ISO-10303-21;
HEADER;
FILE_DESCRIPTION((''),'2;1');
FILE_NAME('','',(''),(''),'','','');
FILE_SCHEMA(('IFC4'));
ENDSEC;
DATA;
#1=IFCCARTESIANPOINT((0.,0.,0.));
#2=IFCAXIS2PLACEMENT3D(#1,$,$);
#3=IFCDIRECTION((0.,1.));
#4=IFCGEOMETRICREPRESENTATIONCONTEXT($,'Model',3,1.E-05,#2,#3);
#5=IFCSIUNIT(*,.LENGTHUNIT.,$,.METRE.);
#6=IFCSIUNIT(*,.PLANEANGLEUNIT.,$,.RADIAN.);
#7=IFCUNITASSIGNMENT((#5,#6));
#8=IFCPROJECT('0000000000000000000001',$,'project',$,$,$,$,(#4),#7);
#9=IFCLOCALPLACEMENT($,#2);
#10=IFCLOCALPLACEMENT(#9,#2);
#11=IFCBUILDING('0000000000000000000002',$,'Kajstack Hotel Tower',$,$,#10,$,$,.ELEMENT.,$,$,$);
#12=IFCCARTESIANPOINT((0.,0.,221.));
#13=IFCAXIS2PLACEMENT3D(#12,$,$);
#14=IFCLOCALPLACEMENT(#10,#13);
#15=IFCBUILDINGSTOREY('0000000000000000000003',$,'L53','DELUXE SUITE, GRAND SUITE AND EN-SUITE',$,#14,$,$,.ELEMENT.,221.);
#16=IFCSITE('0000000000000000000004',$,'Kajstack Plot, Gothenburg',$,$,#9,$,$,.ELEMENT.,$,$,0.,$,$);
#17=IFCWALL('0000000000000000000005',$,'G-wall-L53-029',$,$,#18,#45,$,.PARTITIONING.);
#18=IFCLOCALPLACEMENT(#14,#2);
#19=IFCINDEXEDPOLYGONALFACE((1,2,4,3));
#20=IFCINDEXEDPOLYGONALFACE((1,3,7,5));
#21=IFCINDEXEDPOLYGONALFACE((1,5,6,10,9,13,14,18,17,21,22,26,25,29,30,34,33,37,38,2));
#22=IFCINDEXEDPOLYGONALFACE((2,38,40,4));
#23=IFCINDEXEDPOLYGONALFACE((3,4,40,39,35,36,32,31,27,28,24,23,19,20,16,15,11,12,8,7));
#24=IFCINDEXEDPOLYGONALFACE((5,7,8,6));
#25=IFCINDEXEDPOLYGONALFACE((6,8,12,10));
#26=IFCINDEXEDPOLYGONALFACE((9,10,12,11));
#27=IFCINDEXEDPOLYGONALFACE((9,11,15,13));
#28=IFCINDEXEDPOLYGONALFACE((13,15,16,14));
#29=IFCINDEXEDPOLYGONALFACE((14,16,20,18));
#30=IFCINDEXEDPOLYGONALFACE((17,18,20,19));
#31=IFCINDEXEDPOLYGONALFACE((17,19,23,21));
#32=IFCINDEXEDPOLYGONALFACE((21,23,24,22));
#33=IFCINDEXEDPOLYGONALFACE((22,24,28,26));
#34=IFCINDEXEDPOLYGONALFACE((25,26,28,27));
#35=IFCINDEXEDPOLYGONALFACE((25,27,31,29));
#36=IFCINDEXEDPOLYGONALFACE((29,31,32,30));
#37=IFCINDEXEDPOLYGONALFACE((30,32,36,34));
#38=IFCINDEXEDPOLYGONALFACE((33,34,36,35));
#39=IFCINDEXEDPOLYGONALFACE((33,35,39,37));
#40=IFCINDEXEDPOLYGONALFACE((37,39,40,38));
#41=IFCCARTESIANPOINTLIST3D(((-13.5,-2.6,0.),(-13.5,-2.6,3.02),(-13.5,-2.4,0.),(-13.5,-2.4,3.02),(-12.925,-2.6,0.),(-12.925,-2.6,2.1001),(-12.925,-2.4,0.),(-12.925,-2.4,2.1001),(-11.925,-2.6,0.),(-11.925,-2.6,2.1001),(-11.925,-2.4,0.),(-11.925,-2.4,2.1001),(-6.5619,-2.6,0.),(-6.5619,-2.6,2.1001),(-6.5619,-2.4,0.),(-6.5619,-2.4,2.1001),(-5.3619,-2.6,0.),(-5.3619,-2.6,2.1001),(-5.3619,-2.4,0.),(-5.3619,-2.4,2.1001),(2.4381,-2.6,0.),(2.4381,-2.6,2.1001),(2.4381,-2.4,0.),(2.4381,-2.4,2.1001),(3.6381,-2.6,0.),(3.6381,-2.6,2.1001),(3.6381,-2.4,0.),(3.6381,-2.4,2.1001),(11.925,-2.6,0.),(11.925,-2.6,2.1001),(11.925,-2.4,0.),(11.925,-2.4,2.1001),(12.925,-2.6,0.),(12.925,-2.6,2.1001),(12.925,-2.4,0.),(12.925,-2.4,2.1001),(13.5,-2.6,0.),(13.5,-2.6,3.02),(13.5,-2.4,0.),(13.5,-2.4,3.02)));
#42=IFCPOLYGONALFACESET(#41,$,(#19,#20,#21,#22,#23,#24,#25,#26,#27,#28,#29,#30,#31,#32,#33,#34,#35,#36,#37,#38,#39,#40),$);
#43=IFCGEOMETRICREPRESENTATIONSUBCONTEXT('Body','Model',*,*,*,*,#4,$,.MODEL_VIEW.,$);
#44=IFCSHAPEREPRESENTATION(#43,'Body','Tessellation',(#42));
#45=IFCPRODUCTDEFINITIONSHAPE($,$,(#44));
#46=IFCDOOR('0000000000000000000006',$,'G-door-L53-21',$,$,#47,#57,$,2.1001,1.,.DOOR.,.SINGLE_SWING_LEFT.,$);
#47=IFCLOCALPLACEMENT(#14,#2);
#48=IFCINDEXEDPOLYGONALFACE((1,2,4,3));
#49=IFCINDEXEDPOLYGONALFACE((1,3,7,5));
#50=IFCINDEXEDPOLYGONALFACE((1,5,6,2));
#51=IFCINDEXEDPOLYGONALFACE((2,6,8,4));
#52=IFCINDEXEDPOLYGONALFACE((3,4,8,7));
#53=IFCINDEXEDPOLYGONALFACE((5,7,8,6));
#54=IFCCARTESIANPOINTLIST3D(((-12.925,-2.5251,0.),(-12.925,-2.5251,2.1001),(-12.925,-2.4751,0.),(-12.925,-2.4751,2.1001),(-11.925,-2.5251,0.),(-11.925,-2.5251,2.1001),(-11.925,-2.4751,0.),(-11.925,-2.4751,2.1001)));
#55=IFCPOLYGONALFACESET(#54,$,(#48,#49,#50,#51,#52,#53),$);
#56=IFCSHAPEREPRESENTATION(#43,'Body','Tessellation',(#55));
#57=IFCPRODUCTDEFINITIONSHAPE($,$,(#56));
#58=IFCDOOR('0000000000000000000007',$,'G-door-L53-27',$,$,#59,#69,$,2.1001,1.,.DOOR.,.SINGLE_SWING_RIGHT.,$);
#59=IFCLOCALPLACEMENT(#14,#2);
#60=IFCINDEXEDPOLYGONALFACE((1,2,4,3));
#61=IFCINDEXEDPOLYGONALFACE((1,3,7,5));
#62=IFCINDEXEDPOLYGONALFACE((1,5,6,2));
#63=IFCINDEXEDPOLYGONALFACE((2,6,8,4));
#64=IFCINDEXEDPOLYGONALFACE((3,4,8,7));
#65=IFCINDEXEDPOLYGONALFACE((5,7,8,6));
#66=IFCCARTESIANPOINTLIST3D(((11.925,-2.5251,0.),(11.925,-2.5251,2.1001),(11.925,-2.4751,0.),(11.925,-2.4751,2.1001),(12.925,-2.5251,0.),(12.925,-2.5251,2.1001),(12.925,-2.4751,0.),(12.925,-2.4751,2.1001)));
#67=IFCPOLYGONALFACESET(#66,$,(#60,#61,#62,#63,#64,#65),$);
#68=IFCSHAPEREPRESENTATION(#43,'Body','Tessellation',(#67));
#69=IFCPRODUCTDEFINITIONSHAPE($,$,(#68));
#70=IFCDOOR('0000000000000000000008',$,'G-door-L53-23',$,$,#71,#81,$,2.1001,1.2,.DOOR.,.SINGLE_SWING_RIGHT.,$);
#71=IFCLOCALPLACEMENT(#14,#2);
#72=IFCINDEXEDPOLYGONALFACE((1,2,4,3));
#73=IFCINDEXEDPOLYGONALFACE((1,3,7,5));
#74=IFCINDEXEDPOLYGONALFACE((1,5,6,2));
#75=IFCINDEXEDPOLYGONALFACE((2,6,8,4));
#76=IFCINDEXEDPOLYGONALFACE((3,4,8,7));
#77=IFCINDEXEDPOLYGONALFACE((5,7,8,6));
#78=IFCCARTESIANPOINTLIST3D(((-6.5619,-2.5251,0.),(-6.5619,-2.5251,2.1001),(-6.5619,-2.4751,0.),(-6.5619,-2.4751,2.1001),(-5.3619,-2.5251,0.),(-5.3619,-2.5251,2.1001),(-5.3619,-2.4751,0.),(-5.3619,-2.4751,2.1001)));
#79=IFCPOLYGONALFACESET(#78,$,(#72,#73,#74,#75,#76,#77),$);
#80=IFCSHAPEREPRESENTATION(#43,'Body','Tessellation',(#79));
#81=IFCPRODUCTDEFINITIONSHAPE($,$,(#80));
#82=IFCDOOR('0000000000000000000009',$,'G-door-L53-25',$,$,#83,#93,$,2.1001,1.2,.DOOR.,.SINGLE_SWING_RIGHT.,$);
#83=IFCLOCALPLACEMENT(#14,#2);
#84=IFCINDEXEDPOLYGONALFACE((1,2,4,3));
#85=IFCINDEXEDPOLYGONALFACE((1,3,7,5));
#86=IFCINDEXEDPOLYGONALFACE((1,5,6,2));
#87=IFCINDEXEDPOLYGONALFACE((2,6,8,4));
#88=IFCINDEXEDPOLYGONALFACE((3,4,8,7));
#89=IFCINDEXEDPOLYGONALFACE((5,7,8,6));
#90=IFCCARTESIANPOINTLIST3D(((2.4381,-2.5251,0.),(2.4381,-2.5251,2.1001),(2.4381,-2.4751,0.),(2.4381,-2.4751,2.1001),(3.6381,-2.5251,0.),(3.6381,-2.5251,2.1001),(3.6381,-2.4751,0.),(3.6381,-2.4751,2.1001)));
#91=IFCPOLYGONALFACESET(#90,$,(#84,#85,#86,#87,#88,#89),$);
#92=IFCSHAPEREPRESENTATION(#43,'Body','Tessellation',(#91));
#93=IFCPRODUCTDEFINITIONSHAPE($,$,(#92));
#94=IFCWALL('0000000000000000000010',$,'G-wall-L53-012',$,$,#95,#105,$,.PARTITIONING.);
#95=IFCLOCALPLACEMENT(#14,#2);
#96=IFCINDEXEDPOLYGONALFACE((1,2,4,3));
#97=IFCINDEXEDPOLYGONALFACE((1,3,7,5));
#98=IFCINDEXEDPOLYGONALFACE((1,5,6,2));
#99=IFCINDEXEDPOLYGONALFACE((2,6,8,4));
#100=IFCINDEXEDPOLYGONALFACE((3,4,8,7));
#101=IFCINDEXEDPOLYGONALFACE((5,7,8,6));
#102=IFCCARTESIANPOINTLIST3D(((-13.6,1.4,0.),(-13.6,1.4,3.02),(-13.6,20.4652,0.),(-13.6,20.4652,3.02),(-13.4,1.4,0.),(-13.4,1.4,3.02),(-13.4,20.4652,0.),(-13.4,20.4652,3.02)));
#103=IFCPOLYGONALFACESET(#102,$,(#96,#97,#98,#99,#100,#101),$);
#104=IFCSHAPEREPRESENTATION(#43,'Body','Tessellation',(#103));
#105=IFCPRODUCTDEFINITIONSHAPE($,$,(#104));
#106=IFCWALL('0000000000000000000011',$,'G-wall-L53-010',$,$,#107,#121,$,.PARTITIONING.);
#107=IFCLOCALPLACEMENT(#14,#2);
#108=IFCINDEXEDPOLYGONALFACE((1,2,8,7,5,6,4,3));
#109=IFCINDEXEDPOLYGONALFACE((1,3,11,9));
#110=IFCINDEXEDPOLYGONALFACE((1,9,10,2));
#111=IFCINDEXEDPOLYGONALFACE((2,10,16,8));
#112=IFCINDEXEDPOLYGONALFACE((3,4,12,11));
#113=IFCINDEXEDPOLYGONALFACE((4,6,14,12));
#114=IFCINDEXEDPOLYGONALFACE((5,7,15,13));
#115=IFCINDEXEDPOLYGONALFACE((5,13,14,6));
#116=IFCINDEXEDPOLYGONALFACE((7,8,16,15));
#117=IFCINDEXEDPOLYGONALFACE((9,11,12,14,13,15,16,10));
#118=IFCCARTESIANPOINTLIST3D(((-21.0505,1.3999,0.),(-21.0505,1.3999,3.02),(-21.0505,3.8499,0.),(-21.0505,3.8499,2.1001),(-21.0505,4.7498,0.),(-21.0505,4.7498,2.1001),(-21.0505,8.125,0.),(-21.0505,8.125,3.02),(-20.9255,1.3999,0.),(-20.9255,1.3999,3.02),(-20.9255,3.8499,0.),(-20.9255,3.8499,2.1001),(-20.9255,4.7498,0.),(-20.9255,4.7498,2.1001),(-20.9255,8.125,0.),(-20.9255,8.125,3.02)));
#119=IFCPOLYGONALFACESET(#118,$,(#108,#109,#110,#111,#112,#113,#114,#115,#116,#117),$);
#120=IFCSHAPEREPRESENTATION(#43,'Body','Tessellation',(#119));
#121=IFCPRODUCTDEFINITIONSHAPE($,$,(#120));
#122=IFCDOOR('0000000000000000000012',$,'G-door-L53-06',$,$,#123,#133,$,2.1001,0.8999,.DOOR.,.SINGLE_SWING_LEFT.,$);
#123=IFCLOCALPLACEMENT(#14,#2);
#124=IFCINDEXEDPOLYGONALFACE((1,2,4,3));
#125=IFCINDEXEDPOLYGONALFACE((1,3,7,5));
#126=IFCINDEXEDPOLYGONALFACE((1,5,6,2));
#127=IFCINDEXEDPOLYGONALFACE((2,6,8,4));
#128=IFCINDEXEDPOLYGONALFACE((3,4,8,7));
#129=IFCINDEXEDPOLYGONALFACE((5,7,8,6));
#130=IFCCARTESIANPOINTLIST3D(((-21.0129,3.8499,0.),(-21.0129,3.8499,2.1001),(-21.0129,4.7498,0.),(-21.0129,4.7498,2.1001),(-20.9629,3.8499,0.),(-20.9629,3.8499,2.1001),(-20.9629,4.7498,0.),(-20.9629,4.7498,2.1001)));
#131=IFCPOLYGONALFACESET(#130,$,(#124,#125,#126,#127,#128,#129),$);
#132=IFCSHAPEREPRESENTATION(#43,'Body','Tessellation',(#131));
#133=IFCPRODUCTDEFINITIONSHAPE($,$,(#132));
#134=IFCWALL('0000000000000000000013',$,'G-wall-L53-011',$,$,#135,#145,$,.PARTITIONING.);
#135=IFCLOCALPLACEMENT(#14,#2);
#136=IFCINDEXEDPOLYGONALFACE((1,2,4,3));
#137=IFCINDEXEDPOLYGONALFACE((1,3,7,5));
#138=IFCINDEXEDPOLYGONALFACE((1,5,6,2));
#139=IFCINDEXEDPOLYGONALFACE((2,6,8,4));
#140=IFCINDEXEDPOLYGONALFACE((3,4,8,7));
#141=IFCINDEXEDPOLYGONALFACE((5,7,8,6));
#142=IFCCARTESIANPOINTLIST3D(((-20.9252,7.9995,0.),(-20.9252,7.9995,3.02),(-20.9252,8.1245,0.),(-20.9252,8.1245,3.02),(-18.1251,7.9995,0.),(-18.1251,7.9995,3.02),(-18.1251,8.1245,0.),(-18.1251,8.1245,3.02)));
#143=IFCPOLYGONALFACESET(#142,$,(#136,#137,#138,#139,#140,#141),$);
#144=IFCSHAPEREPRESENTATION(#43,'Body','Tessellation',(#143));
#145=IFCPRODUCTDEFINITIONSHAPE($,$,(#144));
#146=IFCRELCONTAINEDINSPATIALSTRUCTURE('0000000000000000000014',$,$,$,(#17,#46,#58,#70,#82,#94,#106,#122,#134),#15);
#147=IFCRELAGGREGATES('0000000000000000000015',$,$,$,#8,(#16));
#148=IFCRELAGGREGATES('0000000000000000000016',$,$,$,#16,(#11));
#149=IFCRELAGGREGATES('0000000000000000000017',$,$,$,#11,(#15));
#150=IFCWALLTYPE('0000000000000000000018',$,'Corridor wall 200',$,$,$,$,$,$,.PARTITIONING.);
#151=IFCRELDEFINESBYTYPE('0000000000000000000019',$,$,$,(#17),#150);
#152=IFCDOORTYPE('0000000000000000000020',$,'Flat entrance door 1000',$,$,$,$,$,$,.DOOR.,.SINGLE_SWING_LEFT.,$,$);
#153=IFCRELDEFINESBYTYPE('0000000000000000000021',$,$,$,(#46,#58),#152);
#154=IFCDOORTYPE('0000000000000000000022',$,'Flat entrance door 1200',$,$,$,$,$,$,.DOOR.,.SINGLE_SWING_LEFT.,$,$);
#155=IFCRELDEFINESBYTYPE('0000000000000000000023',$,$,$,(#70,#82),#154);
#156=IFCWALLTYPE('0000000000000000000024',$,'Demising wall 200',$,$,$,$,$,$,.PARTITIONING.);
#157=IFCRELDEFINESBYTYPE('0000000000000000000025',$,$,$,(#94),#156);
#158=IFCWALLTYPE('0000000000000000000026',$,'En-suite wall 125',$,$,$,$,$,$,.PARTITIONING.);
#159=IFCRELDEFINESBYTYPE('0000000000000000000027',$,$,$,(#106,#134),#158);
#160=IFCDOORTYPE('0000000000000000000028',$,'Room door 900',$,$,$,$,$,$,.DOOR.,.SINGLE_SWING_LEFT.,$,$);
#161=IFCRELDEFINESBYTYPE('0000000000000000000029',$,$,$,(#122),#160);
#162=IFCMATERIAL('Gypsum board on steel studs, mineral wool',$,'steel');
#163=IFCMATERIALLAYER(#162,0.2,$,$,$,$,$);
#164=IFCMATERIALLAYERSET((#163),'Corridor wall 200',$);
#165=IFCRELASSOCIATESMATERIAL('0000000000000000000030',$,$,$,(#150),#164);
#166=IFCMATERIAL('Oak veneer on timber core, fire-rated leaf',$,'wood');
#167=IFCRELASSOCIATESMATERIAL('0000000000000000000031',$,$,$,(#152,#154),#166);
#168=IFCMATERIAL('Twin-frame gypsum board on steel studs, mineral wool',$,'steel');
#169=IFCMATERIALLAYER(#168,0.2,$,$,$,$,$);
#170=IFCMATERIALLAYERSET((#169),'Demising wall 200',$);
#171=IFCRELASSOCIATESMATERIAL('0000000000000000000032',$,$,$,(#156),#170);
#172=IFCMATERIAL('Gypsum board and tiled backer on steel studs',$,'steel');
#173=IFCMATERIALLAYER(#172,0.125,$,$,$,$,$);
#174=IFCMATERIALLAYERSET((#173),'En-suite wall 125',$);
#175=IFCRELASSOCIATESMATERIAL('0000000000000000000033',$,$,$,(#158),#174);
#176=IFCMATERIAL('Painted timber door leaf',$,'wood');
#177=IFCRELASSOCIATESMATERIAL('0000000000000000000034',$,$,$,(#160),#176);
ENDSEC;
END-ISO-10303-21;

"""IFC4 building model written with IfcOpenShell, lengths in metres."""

from ifc_helpers import new_model, si_unit, direction, frame, frame_2d, origin, place, context, subcontext, project, spatial, rectangle, extrude, material, layer, layer_set, type_object, element, fill, save


model = new_model("IFC4")

# Units and contexts
model_context = context("Model", 3, precision=1e-05, world=origin(), true_north=direction((0.0, 1.0)))
body_context = subcontext(model_context, "Body", "Model", "MODEL_VIEW")
ifc_project = project(units=[si_unit("LENGTHUNIT", "METRE"), si_unit("PLANEANGLEUNIT", "RADIAN")], contexts=[model_context])

# Site, building, storey
site_placement = place(None, origin())
site = spatial("IfcSite", under=ifc_project, at=site_placement, Name="Kajstack Plot, Gothenburg", CompositionType="ELEMENT", RefElevation=0.0)
building_placement = place(site_placement, origin())
building = spatial("IfcBuilding", under=site, at=building_placement, Name="Kajstack Hotel Tower", CompositionType="ELEMENT")
storey_placement = place(building_placement, frame((0.0, 0.0, 221.0)))
storey = spatial("IfcBuildingStorey", under=building, at=storey_placement, Name="L53", Description="DELUXE SUITE, GRAND SUITE AND EN-SUITE", CompositionType="ELEMENT", Elevation=221.0)

# Wall, openings, doors
ifc_material_1 = material(Name="Gypsum board on steel studs, mineral wool", Category="steel")
ifc_layer_1 = layer(ifc_material_1, 0.2)
ifc_layer_set_1 = layer_set([ifc_layer_1], Name="Corridor wall 200")
wall_type_1 = type_object("IfcWallType", Name="Corridor wall 200", PredefinedType="PARTITIONING", material=ifc_layer_set_1)
ifc_material_2 = material(Name="Oak veneer on timber core, fire-rated leaf", Category="wood")
door_type_1 = type_object("IfcDoorType", Name="Flat entrance door 1000", OperationType="SINGLE_SWING_LEFT", PredefinedType="DOOR", material=ifc_material_2)
wall_1_placement = place(storey_placement, frame((-13.5, -2.5, 0.0), z_axis=(0.0, 0.0, 1.0), x_axis=(1.0, 0.0, 0.0)))
wall_1 = element("IfcWall", 1, at=wall_1_placement, inside=storey, type_object=wall_type_1, Name="G-wall-L53-029", PredefinedType="PARTITIONING", context=body_context, shape_type="SweptSolid", body=[
    extrude(rectangle(XDim=27.0, YDim=0.2, at=frame_2d((13.5, 0.0))), origin(), (0.0, 0.0, 1.0), 3.02),
])
opening_1_placement = place(wall_1_placement, frame((0.575, 0.0, 0.0)))
opening_1 = element("IfcOpeningElement", 2, at=opening_1_placement, cuts=wall_1, PredefinedType="OPENING", context=body_context, shape_type="SweptSolid", body=[
    extrude(rectangle(XDim=1.0, YDim=2.1001, at=frame_2d((0.5, 1.05))), frame((0.0, 0.1099, 0.0), z_axis=(0.0, -1.0, 0.0), x_axis=(1.0, 0.0, 0.0)), (0.0, 0.0, 1.0), 0.22),
])
opening_2_placement = place(wall_1_placement, frame((6.938, 0.0, 0.0)))
opening_2 = element("IfcOpeningElement", 3, at=opening_2_placement, cuts=wall_1, PredefinedType="OPENING", context=body_context, shape_type="SweptSolid", body=[
    extrude(rectangle(XDim=1.2, YDim=2.1001, at=frame_2d((0.6001, 1.05))), frame((0.0, 0.1099, 0.0), z_axis=(0.0, -1.0, 0.0), x_axis=(1.0, 0.0, 0.0)), (0.0, 0.0, 1.0), 0.22),
])
opening_3_placement = place(wall_1_placement, frame((15.938, 0.0, 0.0)))
opening_3 = element("IfcOpeningElement", 4, at=opening_3_placement, cuts=wall_1, PredefinedType="OPENING", context=body_context, shape_type="SweptSolid", body=[
    extrude(rectangle(XDim=1.2, YDim=2.1001, at=frame_2d((0.6001, 1.05))), frame((0.0, 0.1099, 0.0), z_axis=(0.0, -1.0, 0.0), x_axis=(1.0, 0.0, 0.0)), (0.0, 0.0, 1.0), 0.22),
])
opening_4_placement = place(wall_1_placement, frame((25.425, 0.0, 0.0)))
opening_4 = element("IfcOpeningElement", 5, at=opening_4_placement, cuts=wall_1, PredefinedType="OPENING", context=body_context, shape_type="SweptSolid", body=[
    extrude(rectangle(XDim=1.0, YDim=2.1001, at=frame_2d((0.5, 1.05))), frame((0.0, 0.1099, 0.0), z_axis=(0.0, -1.0, 0.0), x_axis=(1.0, 0.0, 0.0)), (0.0, 0.0, 1.0), 0.22),
])
door_1_placement = place(opening_1_placement, origin())
door_1 = element("IfcDoor", 6, at=door_1_placement, inside=storey, type_object=door_type_1, Name="G-door-L53-21", OperationType="SINGLE_SWING_LEFT", OverallHeight=2.1001, OverallWidth=1.0, PredefinedType="DOOR", context=body_context, shape_type="SweptSolid", body=[
    extrude(rectangle(XDim=1.0, YDim=2.1001, at=frame_2d((0.5, 1.05))), frame((0.0, 0.0249, 0.0), z_axis=(0.0, -1.0, 0.0), x_axis=(1.0, 0.0, 0.0)), (0.0, 0.0, 1.0), 0.05),
])
fill(opening_1, door_1)
door_2_placement = place(opening_4_placement, origin())
door_2 = element("IfcDoor", 7, at=door_2_placement, inside=storey, type_object=door_type_1, Name="G-door-L53-27", OperationType="SINGLE_SWING_RIGHT", OverallHeight=2.1001, OverallWidth=1.0, PredefinedType="DOOR", context=body_context, shape_type="SweptSolid", body=[
    extrude(rectangle(XDim=1.0, YDim=2.1001, at=frame_2d((0.5, 1.05))), frame((0.0, 0.0249, 0.0), z_axis=(0.0, -1.0, 0.0), x_axis=(1.0, 0.0, 0.0)), (0.0, 0.0, 1.0), 0.05),
])
fill(opening_4, door_2)
door_type_2 = type_object("IfcDoorType", Name="Flat entrance door 1200", OperationType="SINGLE_SWING_LEFT", PredefinedType="DOOR", material=ifc_material_2)
door_3_placement = place(opening_2_placement, origin())
door_3 = element("IfcDoor", 8, at=door_3_placement, inside=storey, type_object=door_type_2, Name="G-door-L53-23", OperationType="SINGLE_SWING_RIGHT", OverallHeight=2.1001, OverallWidth=1.2, PredefinedType="DOOR", context=body_context, shape_type="SweptSolid", body=[
    extrude(rectangle(XDim=1.2, YDim=2.1001, at=frame_2d((0.6001, 1.05))), frame((0.0, 0.0249, 0.0), z_axis=(0.0, -1.0, 0.0), x_axis=(1.0, 0.0, 0.0)), (0.0, 0.0, 1.0), 0.05),
])
fill(opening_2, door_3)
door_4_placement = place(opening_3_placement, origin())
door_4 = element("IfcDoor", 9, at=door_4_placement, inside=storey, type_object=door_type_2, Name="G-door-L53-25", OperationType="SINGLE_SWING_RIGHT", OverallHeight=2.1001, OverallWidth=1.2, PredefinedType="DOOR", context=body_context, shape_type="SweptSolid", body=[
    extrude(rectangle(XDim=1.2, YDim=2.1001, at=frame_2d((0.6001, 1.05))), frame((0.0, 0.0249, 0.0), z_axis=(0.0, -1.0, 0.0), x_axis=(1.0, 0.0, 0.0)), (0.0, 0.0, 1.0), 0.05),
])
fill(opening_3, door_4)

# Wall
ifc_material_3 = material(Name="Twin-frame gypsum board on steel studs, mineral wool", Category="steel")
ifc_layer_2 = layer(ifc_material_3, 0.2)
ifc_layer_set_2 = layer_set([ifc_layer_2], Name="Demising wall 200")
wall_type_2 = type_object("IfcWallType", Name="Demising wall 200", PredefinedType="PARTITIONING", material=ifc_layer_set_2)
wall_2_placement = place(storey_placement, frame((-13.5, 1.3999, 0.0), z_axis=(0.0, 0.0, 1.0), x_axis=(0.0, 1.0, 0.0)))
element("IfcWall", 10, at=wall_2_placement, inside=storey, type_object=wall_type_2, Name="G-wall-L53-012", PredefinedType="PARTITIONING", context=body_context, shape_type="SweptSolid", body=[
    extrude(rectangle(XDim=19.0652, YDim=0.2, at=frame_2d((9.5327, 0.0))), origin(), (0.0, 0.0, 1.0), 3.02),
])

# Wall, opening, door
ifc_material_4 = material(Name="Gypsum board and tiled backer on steel studs", Category="steel")
ifc_layer_3 = layer(ifc_material_4, 0.125)
ifc_layer_set_3 = layer_set([ifc_layer_3], Name="En-suite wall 125")
wall_type_3 = type_object("IfcWallType", Name="En-suite wall 125", PredefinedType="PARTITIONING", material=ifc_layer_set_3)
wall_3_placement = place(storey_placement, frame((-20.988, 1.3999, 0.0), z_axis=(0.0, 0.0, 1.0), x_axis=(0.0, 1.0, 0.0)))
wall_3 = element("IfcWall", 11, at=wall_3_placement, inside=storey, type_object=wall_type_3, Name="G-wall-L53-010", PredefinedType="PARTITIONING", context=body_context, shape_type="SweptSolid", body=[
    extrude(rectangle(XDim=6.7251, YDim=0.125, at=frame_2d((3.3625, 0.0))), origin(), (0.0, 0.0, 1.0), 3.02),
])
opening_5_placement = place(wall_3_placement, frame((2.45, 0.0, 0.0)))
opening_5 = element("IfcOpeningElement", 12, at=opening_5_placement, cuts=wall_3, PredefinedType="OPENING", context=body_context, shape_type="SweptSolid", body=[
    extrude(rectangle(XDim=0.8999, YDim=2.1001, at=frame_2d((0.45, 1.05))), frame((0.0, 0.0725, 0.0), z_axis=(0.0, -1.0, 0.0), x_axis=(1.0, 0.0, 0.0)), (0.0, 0.0, 1.0), 0.145),
])
ifc_material_5 = material(Name="Painted timber door leaf", Category="wood")
door_type_3 = type_object("IfcDoorType", Name="Room door 900", OperationType="SINGLE_SWING_LEFT", PredefinedType="DOOR", material=ifc_material_5)
door_5_placement = place(opening_5_placement, origin())
door_5 = element("IfcDoor", 13, at=door_5_placement, inside=storey, type_object=door_type_3, Name="G-door-L53-06", OperationType="SINGLE_SWING_LEFT", OverallHeight=2.1001, OverallWidth=0.8999, PredefinedType="DOOR", context=body_context, shape_type="SweptSolid", body=[
    extrude(rectangle(XDim=0.8999, YDim=2.1001, at=frame_2d((0.45, 1.05))), frame((0.0, 0.0249, 0.0), z_axis=(0.0, -1.0, 0.0), x_axis=(1.0, 0.0, 0.0)), (0.0, 0.0, 1.0), 0.05),
])
fill(opening_5, door_5)

# Wall
wall_4_placement = place(storey_placement, frame((-20.925, 8.062, 0.0), z_axis=(0.0, 0.0, 1.0), x_axis=(1.0, 0.0, 0.0)))
element("IfcWall", 14, at=wall_4_placement, inside=storey, type_object=wall_type_3, Name="G-wall-L53-011", PredefinedType="PARTITIONING", context=body_context, shape_type="SweptSolid", body=[
    extrude(rectangle(XDim=2.8, YDim=0.125, at=frame_2d((1.3999, 0.0))), origin(), (0.0, 0.0, 1.0), 3.02),
])

save(model, "model.ifc")
